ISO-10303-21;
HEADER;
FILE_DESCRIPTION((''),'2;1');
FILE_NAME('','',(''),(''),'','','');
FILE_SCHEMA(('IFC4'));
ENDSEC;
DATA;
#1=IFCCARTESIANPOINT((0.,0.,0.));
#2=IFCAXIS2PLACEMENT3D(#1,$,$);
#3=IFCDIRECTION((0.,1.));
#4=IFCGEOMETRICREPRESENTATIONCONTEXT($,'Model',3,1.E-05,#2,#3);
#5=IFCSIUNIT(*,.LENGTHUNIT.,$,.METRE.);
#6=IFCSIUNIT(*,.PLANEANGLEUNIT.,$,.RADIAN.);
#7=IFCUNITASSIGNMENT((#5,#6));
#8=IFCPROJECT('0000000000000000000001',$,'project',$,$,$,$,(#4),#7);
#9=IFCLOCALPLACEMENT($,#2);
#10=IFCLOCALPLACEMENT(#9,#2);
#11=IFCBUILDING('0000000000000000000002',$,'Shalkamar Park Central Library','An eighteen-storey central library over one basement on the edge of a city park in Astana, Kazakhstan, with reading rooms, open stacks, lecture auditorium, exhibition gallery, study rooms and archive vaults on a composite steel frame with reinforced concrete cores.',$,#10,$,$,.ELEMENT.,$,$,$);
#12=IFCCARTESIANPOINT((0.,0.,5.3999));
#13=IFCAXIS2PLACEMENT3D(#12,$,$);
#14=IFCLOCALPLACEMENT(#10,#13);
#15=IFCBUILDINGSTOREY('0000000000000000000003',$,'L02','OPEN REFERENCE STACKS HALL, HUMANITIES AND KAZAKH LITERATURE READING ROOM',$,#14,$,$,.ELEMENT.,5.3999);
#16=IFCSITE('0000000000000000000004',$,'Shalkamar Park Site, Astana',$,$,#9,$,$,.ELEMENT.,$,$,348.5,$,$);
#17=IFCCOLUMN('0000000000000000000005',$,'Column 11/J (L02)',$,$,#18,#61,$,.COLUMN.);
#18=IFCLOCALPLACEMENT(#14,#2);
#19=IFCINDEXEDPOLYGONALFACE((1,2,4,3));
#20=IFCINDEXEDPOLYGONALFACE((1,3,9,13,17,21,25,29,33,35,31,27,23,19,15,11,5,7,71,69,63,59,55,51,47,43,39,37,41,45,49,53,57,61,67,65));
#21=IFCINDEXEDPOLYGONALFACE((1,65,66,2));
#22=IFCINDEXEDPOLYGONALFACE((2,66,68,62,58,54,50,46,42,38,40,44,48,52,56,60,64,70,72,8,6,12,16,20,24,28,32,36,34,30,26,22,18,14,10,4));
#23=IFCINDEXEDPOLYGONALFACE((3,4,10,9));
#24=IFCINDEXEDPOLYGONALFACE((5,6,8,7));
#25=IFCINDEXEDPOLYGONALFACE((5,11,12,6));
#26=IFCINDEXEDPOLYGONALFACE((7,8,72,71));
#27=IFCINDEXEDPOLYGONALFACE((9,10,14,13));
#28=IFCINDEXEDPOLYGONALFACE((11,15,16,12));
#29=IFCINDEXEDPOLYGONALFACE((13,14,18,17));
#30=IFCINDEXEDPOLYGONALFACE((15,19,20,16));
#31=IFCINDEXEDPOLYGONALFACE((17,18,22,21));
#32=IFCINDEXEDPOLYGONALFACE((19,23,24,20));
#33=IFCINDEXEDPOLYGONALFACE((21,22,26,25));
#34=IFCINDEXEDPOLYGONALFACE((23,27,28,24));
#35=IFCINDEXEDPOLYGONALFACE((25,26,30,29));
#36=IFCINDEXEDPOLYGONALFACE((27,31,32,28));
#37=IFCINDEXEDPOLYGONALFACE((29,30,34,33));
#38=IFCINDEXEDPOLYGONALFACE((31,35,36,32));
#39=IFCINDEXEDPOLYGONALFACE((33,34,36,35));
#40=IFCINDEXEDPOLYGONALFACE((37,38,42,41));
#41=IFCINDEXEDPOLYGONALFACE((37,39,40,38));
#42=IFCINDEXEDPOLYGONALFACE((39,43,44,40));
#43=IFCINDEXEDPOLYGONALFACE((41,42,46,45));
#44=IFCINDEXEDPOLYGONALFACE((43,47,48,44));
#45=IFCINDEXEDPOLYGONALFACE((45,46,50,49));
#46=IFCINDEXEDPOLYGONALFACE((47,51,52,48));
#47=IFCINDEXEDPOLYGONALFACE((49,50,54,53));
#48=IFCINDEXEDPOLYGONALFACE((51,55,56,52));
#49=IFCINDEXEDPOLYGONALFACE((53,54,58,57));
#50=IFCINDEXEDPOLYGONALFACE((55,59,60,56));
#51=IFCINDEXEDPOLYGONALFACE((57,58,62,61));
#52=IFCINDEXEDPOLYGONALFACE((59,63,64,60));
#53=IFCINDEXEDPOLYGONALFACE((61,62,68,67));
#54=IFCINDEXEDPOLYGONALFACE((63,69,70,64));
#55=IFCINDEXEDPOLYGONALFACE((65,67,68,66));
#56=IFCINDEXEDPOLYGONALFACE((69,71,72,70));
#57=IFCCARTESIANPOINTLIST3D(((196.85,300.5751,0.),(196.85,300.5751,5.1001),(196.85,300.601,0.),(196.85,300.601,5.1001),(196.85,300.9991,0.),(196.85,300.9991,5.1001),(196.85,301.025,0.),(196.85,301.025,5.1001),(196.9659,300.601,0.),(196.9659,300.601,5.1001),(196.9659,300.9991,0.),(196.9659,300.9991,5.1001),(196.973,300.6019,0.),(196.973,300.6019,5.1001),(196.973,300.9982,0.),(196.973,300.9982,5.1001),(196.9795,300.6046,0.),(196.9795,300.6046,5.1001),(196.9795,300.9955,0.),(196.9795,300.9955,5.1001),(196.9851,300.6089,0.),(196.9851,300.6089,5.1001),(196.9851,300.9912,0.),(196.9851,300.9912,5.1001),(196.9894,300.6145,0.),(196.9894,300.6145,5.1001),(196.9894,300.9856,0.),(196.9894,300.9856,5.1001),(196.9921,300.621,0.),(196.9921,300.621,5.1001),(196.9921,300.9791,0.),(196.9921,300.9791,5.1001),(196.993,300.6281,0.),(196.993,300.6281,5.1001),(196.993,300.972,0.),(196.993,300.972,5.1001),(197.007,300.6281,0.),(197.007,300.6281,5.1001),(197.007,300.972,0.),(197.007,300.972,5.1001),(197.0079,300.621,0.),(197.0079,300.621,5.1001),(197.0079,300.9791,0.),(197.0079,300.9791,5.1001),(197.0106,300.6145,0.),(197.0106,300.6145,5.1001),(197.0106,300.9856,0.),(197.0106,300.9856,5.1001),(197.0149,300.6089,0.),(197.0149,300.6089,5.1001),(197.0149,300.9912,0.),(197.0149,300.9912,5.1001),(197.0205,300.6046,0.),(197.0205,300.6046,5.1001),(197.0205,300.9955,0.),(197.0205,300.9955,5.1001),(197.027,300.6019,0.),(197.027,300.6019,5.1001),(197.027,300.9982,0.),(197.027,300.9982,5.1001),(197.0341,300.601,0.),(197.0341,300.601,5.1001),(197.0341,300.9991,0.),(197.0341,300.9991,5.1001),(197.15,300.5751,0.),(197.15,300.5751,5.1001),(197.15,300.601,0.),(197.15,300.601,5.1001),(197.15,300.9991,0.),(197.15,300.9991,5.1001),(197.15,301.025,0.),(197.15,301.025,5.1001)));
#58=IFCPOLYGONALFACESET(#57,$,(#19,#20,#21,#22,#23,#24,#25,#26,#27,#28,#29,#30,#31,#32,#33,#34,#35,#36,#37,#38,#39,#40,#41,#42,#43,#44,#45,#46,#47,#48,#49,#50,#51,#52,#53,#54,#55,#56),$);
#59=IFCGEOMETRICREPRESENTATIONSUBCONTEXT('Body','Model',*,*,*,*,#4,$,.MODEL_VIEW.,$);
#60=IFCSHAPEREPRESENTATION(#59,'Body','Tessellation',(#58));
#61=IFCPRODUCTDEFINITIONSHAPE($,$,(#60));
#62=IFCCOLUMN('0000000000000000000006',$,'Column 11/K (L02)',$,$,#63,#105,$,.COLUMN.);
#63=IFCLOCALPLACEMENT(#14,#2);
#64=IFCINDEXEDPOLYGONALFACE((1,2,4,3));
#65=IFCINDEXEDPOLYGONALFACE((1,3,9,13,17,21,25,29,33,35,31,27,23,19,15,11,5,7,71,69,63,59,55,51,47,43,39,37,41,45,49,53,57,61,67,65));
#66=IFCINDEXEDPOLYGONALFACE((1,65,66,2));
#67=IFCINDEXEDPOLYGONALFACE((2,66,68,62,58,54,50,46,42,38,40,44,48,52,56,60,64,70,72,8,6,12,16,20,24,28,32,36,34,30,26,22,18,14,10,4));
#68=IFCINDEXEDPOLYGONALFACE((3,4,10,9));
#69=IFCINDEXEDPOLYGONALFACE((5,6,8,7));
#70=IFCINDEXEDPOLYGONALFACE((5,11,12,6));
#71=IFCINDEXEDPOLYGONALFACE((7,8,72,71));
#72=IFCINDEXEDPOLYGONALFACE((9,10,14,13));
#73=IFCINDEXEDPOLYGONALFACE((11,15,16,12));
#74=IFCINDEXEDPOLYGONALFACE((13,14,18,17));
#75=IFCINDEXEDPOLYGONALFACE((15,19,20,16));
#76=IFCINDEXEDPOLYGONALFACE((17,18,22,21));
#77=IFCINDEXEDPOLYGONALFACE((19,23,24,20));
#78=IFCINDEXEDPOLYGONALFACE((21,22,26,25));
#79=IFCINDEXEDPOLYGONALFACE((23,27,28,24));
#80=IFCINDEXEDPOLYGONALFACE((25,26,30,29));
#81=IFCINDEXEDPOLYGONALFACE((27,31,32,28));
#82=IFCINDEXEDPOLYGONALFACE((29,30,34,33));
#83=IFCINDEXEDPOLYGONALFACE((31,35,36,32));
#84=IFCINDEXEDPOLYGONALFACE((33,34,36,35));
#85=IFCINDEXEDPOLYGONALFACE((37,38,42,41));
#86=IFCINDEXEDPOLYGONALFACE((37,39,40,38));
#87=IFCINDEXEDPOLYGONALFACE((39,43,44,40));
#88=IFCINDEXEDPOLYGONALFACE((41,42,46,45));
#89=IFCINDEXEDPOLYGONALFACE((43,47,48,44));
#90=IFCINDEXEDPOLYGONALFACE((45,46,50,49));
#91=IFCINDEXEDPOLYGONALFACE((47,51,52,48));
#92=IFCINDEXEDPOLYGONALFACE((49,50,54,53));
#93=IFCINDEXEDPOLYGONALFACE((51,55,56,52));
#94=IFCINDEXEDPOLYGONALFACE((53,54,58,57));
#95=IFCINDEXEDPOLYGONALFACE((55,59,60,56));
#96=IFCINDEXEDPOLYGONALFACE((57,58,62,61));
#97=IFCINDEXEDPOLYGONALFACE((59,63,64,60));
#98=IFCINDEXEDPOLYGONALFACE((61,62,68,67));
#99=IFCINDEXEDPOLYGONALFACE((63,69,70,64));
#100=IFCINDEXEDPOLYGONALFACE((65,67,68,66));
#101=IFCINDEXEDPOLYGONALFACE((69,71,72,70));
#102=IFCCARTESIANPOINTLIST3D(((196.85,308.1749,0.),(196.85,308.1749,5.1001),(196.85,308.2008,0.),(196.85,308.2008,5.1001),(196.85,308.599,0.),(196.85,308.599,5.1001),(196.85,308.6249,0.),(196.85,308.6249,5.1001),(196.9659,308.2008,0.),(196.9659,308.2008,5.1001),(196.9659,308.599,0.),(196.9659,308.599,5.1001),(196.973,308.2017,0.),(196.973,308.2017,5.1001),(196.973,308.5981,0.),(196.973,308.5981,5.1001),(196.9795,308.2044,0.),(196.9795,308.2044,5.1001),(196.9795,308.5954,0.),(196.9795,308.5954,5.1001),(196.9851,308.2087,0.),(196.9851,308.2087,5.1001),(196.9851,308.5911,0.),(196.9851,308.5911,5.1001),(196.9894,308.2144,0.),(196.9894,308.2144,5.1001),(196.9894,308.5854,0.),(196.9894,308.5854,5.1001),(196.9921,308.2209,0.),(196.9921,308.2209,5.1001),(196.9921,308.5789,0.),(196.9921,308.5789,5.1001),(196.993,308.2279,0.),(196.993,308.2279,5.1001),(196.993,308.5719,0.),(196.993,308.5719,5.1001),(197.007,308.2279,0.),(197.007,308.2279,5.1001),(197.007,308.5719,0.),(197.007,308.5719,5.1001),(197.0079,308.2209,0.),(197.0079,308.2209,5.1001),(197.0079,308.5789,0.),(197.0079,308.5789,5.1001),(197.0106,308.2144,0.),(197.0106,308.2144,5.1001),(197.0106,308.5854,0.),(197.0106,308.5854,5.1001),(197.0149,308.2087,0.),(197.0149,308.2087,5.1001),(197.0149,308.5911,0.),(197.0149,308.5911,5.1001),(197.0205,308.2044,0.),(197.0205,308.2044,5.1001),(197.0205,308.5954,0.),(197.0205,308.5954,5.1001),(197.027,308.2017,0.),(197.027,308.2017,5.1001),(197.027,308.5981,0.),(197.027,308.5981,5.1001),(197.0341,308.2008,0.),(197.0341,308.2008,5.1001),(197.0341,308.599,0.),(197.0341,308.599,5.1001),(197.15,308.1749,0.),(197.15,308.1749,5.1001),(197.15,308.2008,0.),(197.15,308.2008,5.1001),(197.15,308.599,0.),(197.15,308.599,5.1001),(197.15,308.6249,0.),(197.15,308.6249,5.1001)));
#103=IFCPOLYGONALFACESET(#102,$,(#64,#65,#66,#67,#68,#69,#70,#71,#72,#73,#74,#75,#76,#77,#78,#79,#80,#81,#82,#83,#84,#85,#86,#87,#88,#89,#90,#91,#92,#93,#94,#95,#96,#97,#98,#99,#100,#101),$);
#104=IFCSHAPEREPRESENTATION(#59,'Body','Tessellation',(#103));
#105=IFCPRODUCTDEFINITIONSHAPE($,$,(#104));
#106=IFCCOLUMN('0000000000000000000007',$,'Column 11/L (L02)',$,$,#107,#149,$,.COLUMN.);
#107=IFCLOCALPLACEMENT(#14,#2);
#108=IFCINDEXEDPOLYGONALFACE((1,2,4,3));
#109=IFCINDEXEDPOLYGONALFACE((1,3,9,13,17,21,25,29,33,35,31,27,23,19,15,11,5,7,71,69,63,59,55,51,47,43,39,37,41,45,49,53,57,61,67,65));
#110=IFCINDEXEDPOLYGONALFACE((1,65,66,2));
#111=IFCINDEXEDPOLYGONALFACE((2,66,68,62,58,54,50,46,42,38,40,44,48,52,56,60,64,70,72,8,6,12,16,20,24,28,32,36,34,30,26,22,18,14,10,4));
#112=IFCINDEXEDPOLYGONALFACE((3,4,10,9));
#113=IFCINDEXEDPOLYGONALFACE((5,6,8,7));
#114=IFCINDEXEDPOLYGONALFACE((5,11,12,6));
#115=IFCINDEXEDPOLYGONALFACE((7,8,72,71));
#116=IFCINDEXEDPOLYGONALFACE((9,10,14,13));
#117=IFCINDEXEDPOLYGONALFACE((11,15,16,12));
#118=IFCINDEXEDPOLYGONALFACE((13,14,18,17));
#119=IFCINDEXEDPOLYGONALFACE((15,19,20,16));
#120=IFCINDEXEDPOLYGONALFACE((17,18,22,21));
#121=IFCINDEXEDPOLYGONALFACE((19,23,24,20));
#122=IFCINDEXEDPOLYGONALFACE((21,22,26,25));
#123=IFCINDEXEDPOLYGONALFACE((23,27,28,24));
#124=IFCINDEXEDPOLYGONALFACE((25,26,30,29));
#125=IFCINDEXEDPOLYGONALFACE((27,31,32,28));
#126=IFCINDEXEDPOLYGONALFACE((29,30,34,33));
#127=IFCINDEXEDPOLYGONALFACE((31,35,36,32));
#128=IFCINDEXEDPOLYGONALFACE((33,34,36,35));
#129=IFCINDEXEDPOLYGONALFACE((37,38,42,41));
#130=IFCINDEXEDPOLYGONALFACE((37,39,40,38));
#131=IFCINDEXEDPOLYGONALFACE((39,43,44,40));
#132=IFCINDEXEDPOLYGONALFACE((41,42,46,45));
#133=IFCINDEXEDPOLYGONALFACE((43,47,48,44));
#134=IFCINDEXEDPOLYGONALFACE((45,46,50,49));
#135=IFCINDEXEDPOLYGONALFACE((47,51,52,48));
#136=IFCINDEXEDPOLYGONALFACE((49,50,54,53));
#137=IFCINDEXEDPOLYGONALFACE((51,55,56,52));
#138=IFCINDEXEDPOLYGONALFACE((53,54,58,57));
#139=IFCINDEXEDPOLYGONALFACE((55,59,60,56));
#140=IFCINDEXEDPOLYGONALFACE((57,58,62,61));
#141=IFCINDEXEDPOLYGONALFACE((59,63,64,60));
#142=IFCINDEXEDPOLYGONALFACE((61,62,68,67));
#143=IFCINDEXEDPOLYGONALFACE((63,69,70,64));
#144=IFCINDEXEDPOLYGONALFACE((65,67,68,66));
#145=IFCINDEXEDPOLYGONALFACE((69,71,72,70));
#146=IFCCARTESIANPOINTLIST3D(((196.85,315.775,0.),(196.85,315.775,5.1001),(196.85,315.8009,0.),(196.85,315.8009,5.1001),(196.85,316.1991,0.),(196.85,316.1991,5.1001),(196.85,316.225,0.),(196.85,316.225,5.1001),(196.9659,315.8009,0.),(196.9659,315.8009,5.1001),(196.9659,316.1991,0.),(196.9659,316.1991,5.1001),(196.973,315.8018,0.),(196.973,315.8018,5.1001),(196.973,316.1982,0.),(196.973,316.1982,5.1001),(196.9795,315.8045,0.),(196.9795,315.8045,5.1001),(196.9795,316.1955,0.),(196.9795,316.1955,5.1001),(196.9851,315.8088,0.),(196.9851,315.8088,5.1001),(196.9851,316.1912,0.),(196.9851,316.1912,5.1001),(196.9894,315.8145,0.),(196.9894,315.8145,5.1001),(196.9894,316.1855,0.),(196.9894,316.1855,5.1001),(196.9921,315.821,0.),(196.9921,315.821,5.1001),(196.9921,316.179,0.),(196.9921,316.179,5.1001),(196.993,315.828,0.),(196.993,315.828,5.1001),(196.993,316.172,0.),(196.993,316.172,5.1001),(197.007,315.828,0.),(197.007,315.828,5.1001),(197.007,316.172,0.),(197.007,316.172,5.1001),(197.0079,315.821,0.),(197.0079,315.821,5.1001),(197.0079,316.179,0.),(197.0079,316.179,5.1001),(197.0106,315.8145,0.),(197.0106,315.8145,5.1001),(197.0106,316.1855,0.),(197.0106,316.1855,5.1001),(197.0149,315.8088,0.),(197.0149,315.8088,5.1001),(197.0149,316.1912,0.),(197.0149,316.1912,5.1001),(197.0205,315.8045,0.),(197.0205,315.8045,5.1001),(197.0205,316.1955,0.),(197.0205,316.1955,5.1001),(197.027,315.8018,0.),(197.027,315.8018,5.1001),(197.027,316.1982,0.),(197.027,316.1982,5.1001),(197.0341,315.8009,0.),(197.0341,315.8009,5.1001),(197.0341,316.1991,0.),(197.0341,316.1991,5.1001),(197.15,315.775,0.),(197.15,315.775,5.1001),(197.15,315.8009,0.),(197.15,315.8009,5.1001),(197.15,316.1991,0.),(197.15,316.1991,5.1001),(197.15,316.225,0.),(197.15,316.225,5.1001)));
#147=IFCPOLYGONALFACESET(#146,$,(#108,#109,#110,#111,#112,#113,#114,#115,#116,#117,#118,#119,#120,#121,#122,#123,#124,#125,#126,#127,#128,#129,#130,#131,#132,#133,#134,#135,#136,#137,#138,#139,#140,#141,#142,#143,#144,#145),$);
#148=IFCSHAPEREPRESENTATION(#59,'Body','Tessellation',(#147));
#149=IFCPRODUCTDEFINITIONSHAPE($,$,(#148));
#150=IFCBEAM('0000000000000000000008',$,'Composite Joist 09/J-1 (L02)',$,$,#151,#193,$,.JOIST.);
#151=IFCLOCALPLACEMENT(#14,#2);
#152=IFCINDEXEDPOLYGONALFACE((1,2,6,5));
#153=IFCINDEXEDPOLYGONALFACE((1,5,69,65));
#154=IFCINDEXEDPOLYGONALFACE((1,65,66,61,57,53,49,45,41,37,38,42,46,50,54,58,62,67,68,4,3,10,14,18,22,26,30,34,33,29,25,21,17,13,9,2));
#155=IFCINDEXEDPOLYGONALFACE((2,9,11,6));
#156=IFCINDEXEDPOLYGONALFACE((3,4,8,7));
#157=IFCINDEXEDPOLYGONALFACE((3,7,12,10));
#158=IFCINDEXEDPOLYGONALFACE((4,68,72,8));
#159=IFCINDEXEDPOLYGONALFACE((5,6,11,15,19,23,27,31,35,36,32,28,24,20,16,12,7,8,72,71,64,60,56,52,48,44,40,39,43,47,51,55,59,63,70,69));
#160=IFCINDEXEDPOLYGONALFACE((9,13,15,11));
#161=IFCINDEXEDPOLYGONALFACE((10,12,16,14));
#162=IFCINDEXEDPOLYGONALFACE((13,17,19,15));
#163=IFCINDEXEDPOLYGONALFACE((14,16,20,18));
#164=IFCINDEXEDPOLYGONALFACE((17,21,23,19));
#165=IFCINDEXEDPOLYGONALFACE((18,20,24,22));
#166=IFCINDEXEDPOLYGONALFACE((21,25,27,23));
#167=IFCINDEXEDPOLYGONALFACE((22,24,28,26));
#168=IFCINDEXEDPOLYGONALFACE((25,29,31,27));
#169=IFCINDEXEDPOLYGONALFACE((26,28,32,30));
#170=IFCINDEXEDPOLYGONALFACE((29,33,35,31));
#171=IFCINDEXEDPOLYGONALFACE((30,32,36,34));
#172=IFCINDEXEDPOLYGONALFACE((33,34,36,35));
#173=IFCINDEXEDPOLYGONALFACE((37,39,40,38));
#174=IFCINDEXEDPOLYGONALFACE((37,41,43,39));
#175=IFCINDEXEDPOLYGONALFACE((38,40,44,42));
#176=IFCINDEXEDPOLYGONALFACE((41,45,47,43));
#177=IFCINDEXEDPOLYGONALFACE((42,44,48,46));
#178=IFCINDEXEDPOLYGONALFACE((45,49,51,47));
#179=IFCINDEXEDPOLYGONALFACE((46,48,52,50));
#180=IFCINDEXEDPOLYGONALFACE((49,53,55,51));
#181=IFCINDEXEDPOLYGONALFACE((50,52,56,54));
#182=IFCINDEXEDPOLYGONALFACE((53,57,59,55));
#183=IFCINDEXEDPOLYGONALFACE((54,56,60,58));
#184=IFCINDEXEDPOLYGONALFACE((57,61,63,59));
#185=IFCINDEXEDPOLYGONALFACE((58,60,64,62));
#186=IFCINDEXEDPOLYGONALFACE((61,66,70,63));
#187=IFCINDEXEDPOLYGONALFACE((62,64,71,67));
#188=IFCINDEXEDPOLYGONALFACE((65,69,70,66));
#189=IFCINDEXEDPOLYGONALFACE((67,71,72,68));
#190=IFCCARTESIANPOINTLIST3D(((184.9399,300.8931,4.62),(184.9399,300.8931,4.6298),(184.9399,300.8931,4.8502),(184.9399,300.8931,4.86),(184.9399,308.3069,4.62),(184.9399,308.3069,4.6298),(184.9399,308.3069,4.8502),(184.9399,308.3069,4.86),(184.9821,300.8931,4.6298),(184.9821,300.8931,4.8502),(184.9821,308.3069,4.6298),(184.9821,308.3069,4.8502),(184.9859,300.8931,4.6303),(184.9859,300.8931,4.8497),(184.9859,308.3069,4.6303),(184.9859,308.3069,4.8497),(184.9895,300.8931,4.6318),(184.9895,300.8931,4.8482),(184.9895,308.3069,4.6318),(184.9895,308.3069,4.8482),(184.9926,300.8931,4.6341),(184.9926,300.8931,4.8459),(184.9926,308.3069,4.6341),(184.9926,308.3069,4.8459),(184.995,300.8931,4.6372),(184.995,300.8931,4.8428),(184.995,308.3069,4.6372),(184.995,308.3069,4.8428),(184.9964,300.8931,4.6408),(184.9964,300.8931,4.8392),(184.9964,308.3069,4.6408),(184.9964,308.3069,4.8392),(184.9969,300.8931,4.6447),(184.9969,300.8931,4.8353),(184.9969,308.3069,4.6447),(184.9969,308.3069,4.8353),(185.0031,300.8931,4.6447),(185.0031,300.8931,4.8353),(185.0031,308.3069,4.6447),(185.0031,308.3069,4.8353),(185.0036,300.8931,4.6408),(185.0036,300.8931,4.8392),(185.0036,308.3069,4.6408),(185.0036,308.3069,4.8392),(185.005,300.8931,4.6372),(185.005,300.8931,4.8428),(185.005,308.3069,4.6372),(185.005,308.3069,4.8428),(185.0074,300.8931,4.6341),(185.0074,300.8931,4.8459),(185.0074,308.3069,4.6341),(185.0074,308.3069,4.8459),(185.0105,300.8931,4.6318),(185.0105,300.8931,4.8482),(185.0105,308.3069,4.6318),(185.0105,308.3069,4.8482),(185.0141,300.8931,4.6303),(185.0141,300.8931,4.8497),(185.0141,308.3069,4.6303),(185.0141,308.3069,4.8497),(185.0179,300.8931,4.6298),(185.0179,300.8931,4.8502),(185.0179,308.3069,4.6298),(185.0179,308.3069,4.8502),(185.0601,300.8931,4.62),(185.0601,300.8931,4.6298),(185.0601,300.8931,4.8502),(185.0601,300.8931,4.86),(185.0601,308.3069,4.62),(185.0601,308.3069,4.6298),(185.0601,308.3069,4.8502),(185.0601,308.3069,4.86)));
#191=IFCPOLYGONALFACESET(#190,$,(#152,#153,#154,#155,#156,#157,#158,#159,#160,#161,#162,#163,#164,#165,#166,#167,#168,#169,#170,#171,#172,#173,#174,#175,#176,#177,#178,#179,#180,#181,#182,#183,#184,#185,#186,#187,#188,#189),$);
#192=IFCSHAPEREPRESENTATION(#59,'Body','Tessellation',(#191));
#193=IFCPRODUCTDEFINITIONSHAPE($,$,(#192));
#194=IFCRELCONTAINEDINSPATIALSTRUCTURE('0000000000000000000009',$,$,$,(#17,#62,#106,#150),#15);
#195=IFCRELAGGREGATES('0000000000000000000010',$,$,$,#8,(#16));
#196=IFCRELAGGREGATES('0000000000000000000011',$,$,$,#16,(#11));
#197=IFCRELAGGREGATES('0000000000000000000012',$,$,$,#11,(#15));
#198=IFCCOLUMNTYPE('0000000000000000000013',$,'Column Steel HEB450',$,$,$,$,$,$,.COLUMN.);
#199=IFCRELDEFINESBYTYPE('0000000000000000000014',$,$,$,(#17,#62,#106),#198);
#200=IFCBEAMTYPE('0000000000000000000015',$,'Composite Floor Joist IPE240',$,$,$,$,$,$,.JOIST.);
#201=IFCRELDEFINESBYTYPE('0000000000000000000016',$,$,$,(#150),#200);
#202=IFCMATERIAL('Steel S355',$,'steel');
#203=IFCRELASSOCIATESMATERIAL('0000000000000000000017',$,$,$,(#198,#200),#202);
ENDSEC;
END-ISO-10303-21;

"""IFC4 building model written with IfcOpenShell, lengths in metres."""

from ifc_helpers import new_model, si_unit, direction, frame, origin, origin_2d, place, context, subcontext, project, spatial, i_section, extrude, material, material_profile, profile_set, type_object, element, save


model = new_model("IFC4")

# Units and contexts
model_context = context("Model", 3, precision=1e-05, world=origin(), true_north=direction((0.0, 1.0)))
body_context = subcontext(model_context, "Body", "Model", "MODEL_VIEW")
ifc_project = project(units=[si_unit("LENGTHUNIT", "METRE"), si_unit("PLANEANGLEUNIT", "RADIAN")], contexts=[model_context])

# Site, building, storey
site_placement = place(None, origin())
site = spatial("IfcSite", under=ifc_project, at=site_placement, Name="Shalkamar Park Site, Astana", CompositionType="ELEMENT", RefElevation=348.5)
building_placement = place(site_placement, origin())
building = spatial("IfcBuilding", under=site, at=building_placement, Name="Shalkamar Park Central Library", Description="An eighteen-storey central library over one basement on the edge of a city park in Astana, Kazakhstan, with reading rooms, open stacks, lecture auditorium, exhibition gallery, study rooms and archive vaults on a composite steel frame with reinforced concrete cores.", CompositionType="ELEMENT")
storey_placement = place(building_placement, frame((0.0, 0.0, 5.3999)))
storey = spatial("IfcBuildingStorey", under=building, at=storey_placement, Name="L02", Description="OPEN REFERENCE STACKS HALL, HUMANITIES AND KAZAKH LITERATURE READING ROOM", CompositionType="ELEMENT", Elevation=5.3999)

# Columns
ifc_material_1 = material(Name="Steel S355", Category="steel")
ifc_material_profile_1 = material_profile(ifc_material_1, i_section(OverallWidth=0.3, OverallDepth=0.45, WebThickness=0.0139, FlangeThickness=0.0259, FilletRadius=0.0271, at=origin_2d()), Name="HEB 450")
ifc_profile_set_1 = profile_set([ifc_material_profile_1], Name="Steel S355")
column_type_1 = type_object("IfcColumnType", Name="Column Steel HEB450", PredefinedType="COLUMN", material=ifc_profile_set_1)
for number, where, z_axis, x_axis, name in (
    (1, (197.0, 300.8, 0.0), (0.0, 0.0, 1.0), (1.0, 0.0, 0.0), "Column 11/J (L02)"),
    (2, (197.0, 308.3999, 0.0), (0.0, 0.0, 1.0), (1.0, 0.0, 0.0), "Column 11/K (L02)"),
    (3, (197.0, 316.0, 0.0), (0.0, 0.0, 1.0), (1.0, 0.0, 0.0), "Column 11/L (L02)"),
):
    element("IfcColumn", number, at=place(storey_placement, frame(where, z_axis=z_axis, x_axis=x_axis)), inside=storey, type_object=column_type_1, Name=name, PredefinedType="COLUMN", context=body_context, shape_type="SweptSolid", body=[
        extrude(i_section(OverallWidth=0.3, OverallDepth=0.45, WebThickness=0.0139, FlangeThickness=0.0259, FilletRadius=0.0271, at=origin_2d()), origin(), (0.0, 0.0, 1.0), 5.1001),
    ])

# Beam
ifc_material_profile_2 = material_profile(ifc_material_1, i_section(OverallWidth=0.1201, OverallDepth=0.24, WebThickness=0.0061, FlangeThickness=0.0098, FilletRadius=0.0149, at=origin_2d()), Name="IPE 240")
ifc_profile_set_2 = profile_set([ifc_material_profile_2], Name="Steel S355")
beam_type_1 = type_object("IfcBeamType", Name="Composite Floor Joist IPE240", PredefinedType="JOIST", material=ifc_profile_set_2)
for number, where, z_axis, x_axis, name in (
    (4, (185.0, 300.8931, 4.74), (0.0, 1.0, 0.0), (-1.0, 0.0, 0.0), "Composite Joist 09/J-1 (L02)"),
):
    element("IfcBeam", number, at=place(storey_placement, frame(where, z_axis=z_axis, x_axis=x_axis)), inside=storey, type_object=beam_type_1, Name=name, PredefinedType="JOIST", context=body_context, shape_type="SweptSolid", body=[
        extrude(i_section(OverallWidth=0.1201, OverallDepth=0.24, WebThickness=0.0061, FlangeThickness=0.0098, FilletRadius=0.0149, at=origin_2d()), origin(), (0.0, 0.0, 1.0), 7.4138),
    ])

save(model, "model.ifc")
